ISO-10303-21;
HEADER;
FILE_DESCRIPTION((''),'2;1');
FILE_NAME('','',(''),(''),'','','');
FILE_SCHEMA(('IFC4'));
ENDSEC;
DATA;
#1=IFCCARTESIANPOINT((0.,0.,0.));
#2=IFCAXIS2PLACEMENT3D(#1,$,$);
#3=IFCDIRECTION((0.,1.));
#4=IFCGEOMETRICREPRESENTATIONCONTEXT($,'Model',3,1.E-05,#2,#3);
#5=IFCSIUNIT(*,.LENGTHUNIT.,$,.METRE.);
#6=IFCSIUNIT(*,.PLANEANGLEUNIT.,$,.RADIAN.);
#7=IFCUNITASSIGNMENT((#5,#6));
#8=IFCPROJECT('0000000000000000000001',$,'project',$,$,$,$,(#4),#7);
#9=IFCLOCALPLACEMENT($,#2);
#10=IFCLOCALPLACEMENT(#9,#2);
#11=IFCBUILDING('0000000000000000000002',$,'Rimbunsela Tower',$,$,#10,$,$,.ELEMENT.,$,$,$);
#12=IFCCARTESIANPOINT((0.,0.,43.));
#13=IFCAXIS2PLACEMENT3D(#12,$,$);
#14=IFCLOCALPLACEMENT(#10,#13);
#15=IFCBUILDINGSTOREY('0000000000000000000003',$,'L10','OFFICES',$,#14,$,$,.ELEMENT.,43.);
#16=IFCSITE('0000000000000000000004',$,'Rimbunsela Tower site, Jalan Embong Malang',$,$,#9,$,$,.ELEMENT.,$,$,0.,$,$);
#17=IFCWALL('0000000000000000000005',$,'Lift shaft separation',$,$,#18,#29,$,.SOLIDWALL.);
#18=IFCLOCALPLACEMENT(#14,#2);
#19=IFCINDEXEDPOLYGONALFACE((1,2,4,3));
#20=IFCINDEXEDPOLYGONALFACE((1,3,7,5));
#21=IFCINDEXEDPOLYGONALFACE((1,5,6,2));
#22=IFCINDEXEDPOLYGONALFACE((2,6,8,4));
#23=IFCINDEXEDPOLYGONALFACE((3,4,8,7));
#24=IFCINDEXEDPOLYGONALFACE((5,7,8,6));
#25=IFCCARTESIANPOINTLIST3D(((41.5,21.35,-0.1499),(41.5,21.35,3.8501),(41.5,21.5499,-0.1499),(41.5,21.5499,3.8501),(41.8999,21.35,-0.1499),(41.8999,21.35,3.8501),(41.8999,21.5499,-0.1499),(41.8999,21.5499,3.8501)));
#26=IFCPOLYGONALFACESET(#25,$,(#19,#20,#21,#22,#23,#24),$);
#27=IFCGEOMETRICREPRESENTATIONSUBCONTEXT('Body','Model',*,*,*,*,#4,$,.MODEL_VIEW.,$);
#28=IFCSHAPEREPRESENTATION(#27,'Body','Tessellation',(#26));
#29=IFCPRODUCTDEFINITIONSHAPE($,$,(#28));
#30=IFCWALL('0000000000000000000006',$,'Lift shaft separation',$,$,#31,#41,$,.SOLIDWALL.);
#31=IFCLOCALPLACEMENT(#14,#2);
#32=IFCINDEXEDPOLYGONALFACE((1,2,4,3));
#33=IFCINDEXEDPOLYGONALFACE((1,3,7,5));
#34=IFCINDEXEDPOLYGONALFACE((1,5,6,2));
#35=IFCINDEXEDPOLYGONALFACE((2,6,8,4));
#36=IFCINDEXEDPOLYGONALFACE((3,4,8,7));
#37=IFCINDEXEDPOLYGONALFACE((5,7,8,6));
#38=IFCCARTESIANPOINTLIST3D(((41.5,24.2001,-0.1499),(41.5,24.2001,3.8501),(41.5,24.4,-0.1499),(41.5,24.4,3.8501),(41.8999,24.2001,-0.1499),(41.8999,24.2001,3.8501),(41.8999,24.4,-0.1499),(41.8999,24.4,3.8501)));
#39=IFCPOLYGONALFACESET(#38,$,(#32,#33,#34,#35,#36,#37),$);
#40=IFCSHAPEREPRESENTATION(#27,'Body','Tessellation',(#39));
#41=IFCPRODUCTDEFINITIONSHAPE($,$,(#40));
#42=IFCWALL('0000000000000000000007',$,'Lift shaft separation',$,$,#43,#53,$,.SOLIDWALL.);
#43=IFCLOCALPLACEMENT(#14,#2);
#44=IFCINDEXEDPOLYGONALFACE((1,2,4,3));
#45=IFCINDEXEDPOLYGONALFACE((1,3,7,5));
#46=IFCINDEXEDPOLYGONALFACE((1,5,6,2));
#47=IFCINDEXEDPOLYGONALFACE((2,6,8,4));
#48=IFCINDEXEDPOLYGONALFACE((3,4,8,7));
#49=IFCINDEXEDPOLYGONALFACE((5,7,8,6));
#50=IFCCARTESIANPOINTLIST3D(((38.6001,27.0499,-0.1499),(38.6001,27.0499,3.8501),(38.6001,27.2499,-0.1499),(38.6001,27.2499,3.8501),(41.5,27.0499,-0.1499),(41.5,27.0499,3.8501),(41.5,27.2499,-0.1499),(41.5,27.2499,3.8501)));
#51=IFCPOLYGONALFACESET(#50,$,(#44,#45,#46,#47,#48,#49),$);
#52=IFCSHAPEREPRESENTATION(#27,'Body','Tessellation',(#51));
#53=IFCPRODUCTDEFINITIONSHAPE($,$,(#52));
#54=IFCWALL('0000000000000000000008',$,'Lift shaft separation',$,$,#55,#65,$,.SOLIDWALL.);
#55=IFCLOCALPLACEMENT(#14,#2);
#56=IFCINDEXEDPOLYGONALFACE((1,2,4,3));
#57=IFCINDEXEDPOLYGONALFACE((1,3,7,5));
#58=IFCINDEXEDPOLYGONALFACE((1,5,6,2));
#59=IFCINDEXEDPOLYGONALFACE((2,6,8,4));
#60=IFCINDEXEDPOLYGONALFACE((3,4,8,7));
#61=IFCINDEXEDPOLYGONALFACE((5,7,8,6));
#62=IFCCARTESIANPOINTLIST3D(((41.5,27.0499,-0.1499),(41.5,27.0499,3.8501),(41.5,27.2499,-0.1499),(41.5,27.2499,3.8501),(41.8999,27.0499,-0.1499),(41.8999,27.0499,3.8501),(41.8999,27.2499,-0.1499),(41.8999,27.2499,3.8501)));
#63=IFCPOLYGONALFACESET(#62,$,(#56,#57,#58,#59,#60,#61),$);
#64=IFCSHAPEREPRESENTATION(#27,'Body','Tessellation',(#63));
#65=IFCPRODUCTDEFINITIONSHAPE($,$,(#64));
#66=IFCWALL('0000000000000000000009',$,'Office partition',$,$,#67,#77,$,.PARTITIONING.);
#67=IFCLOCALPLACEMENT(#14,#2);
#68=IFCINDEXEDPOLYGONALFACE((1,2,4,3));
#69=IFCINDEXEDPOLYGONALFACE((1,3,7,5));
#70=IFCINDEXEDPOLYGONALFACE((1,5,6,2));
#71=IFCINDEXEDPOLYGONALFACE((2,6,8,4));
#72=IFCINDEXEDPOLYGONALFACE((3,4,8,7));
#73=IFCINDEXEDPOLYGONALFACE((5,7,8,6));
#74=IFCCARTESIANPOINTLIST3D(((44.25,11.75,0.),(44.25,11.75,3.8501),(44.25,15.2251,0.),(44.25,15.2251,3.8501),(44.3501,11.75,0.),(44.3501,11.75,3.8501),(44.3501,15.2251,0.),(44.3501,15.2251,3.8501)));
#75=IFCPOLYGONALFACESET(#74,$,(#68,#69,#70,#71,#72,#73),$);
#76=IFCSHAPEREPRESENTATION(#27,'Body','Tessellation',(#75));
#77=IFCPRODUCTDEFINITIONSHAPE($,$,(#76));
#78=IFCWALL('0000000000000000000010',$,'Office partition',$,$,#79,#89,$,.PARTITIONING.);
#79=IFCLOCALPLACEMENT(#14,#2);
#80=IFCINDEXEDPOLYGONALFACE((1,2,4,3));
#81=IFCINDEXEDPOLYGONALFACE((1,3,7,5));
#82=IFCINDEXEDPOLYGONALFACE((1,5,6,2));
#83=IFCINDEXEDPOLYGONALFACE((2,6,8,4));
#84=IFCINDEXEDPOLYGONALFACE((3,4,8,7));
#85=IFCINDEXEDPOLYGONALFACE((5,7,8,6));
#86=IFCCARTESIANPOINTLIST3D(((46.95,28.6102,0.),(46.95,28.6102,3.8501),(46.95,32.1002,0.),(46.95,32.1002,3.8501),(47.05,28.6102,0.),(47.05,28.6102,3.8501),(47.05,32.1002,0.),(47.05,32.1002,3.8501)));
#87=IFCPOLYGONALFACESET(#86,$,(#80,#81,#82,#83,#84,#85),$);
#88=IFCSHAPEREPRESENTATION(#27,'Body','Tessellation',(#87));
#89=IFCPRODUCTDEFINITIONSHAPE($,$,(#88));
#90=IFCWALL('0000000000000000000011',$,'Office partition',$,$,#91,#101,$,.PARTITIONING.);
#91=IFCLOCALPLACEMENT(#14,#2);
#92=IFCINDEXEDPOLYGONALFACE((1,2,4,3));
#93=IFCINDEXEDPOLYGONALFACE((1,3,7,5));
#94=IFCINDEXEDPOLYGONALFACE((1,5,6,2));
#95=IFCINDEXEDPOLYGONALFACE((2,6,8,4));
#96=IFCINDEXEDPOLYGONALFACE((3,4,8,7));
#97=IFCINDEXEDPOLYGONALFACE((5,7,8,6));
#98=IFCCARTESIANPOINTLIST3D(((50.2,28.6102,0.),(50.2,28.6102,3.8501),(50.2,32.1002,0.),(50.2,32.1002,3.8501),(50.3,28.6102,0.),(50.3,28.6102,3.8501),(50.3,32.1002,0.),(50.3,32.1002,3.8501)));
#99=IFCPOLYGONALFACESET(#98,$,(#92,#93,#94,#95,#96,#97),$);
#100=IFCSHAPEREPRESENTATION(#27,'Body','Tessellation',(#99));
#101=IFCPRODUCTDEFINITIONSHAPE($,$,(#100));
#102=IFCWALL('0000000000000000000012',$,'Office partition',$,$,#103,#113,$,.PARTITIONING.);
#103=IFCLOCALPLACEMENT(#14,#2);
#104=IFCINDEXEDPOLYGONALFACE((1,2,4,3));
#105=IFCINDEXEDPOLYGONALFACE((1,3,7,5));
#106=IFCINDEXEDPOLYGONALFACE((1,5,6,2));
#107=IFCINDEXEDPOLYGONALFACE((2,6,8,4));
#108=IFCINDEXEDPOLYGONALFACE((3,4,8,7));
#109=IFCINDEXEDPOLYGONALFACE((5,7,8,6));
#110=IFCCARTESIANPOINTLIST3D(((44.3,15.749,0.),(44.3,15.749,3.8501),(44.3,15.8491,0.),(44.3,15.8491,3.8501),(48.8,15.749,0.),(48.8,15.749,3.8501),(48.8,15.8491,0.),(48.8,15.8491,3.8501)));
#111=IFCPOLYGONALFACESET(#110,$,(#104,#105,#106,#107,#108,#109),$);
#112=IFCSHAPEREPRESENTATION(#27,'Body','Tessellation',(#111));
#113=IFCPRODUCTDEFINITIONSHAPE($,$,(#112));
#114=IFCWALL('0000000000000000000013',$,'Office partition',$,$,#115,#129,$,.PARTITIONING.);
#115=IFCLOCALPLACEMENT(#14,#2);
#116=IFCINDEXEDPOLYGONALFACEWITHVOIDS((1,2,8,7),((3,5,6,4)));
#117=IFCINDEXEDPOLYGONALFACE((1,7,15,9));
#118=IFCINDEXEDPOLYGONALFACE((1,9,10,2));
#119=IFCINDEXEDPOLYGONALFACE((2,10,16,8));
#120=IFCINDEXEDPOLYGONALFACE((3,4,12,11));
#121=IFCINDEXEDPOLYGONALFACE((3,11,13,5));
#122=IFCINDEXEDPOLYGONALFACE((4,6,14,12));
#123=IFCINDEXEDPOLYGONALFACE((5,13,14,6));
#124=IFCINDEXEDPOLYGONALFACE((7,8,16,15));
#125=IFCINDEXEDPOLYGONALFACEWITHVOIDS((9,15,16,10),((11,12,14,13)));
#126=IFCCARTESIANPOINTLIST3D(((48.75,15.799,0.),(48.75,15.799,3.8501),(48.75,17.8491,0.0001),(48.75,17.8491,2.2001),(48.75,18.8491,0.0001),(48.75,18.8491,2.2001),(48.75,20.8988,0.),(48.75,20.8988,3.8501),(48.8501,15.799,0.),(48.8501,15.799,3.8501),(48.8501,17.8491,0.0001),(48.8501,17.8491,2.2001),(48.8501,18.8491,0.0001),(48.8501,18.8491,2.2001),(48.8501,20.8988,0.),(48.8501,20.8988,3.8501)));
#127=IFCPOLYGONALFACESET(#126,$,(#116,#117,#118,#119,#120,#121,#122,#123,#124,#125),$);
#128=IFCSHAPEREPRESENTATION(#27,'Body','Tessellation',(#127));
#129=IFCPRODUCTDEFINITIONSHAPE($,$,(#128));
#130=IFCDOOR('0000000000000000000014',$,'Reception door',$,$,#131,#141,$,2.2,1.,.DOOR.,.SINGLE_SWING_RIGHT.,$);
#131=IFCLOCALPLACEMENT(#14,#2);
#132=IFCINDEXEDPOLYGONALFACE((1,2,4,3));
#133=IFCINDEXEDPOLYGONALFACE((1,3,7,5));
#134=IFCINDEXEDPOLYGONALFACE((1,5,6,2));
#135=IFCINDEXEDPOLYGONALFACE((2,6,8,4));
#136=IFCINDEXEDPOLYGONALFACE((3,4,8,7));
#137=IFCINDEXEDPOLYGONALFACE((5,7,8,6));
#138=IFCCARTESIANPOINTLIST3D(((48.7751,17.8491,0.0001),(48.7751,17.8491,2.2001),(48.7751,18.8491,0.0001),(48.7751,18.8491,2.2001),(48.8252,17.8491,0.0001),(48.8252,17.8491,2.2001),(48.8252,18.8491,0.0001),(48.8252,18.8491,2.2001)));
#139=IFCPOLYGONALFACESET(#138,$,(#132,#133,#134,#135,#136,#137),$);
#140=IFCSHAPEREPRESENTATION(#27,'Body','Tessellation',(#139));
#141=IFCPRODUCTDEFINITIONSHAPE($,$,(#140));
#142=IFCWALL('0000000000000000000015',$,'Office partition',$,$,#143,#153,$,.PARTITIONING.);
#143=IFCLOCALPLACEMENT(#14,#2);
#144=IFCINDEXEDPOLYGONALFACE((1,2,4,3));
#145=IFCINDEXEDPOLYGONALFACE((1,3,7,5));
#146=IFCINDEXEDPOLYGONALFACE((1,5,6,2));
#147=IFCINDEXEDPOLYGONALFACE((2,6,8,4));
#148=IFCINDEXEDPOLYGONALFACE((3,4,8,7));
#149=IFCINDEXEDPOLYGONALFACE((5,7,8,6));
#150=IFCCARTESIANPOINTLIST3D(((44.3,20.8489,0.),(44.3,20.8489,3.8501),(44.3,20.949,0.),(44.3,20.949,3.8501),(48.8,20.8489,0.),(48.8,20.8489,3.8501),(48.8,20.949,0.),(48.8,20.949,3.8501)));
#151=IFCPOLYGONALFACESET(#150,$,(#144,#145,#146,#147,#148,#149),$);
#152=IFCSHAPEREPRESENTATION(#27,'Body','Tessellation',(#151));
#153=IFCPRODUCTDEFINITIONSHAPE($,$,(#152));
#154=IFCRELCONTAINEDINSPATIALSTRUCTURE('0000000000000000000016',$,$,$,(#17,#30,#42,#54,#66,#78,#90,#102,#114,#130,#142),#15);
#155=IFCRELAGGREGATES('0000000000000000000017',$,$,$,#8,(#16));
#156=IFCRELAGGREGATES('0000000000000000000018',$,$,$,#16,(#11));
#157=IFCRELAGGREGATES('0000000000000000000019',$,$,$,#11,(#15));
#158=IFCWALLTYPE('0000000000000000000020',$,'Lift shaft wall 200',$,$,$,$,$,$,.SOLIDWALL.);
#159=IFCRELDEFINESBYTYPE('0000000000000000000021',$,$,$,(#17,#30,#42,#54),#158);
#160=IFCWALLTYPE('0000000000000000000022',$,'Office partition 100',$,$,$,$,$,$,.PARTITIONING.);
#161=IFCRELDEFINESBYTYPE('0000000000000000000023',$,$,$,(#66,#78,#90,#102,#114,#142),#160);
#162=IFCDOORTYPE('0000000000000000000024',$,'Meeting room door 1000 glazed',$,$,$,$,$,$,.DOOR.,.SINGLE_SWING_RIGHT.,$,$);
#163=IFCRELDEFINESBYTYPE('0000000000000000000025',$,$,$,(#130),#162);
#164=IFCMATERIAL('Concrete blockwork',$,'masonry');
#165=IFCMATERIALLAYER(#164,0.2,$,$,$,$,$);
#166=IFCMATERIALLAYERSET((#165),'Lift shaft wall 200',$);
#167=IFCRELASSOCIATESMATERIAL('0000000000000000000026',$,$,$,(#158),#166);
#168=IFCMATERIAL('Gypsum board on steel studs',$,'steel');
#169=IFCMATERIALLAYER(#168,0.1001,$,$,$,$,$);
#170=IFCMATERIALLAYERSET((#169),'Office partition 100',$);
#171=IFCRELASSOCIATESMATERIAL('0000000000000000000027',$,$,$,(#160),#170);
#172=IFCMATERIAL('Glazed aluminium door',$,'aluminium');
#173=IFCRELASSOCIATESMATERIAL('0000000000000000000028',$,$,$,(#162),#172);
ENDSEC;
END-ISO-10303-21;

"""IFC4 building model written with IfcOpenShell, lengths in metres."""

from ifc_helpers import new_model, si_unit, direction, frame, frame_2d, origin, place, context, subcontext, project, spatial, rectangle, extrude, material, layer, layer_set, type_object, element, fill, save


model = new_model("IFC4")

# Units and contexts
model_context = context("Model", 3, precision=1e-05, world=origin(), true_north=direction((0.0, 1.0)))
body_context = subcontext(model_context, "Body", "Model", "MODEL_VIEW")
ifc_project = project(units=[si_unit("LENGTHUNIT", "METRE"), si_unit("PLANEANGLEUNIT", "RADIAN")], contexts=[model_context])

# Site, building, storey
site_placement = place(None, origin())
site = spatial("IfcSite", under=ifc_project, at=site_placement, Name="Rimbunsela Tower site, Jalan Embong Malang", CompositionType="ELEMENT", RefElevation=0.0)
building_placement = place(site_placement, origin())
building = spatial("IfcBuilding", under=site, at=building_placement, Name="Rimbunsela Tower", CompositionType="ELEMENT")
storey_placement = place(building_placement, frame((0.0, 0.0, 43.0)))
storey = spatial("IfcBuildingStorey", under=building, at=storey_placement, Name="L10", Description="OFFICES", CompositionType="ELEMENT", Elevation=43.0)

# Walls
ifc_material_1 = material(Name="Concrete blockwork", Category="masonry")
ifc_layer_1 = layer(ifc_material_1, 0.2)
ifc_layer_set_1 = layer_set([ifc_layer_1], Name="Lift shaft wall 200")
wall_type_1 = type_object("IfcWallType", Name="Lift shaft wall 200", PredefinedType="SOLIDWALL", material=ifc_layer_set_1)
for number, where, z_axis, x_axis, name in (
    (1, (41.5, 21.45, -0.1499), (0.0, 0.0, 1.0), (1.0, 0.0, 0.0), "Lift shaft separation"),
    (2, (41.5, 24.3, -0.1499), (0.0, 0.0, 1.0), (1.0, 0.0, 0.0), "Lift shaft separation"),
):
    element("IfcWall", number, at=place(storey_placement, frame(where, z_axis=z_axis, x_axis=x_axis)), inside=storey, type_object=wall_type_1, Name=name, PredefinedType="SOLIDWALL", context=body_context, shape_type="SweptSolid", body=[
        extrude(rectangle(XDim=0.3999, YDim=0.2, at=frame_2d((0.2, 0.0))), origin(), (0.0, 0.0, 1.0), 4.0),
    ])
wall_1_placement = place(storey_placement, frame((38.6001, 27.1499, -0.1499), z_axis=(0.0, 0.0, 1.0), x_axis=(1.0, 0.0, 0.0)))
element("IfcWall", 3, at=wall_1_placement, inside=storey, type_object=wall_type_1, Name="Lift shaft separation", PredefinedType="SOLIDWALL", context=body_context, shape_type="SweptSolid", body=[
    extrude(rectangle(XDim=2.8999, YDim=0.2, at=frame_2d((1.45, 0.0))), origin(), (0.0, 0.0, 1.0), 4.0),
])
wall_2_placement = place(storey_placement, frame((41.5, 27.1499, -0.1499), z_axis=(0.0, 0.0, 1.0), x_axis=(1.0, 0.0, 0.0)))
element("IfcWall", 4, at=wall_2_placement, inside=storey, type_object=wall_type_1, Name="Lift shaft separation", PredefinedType="SOLIDWALL", context=body_context, shape_type="SweptSolid", body=[
    extrude(rectangle(XDim=0.3999, YDim=0.2, at=frame_2d((0.2, 0.0))), origin(), (0.0, 0.0, 1.0), 4.0),
])
ifc_material_2 = material(Name="Gypsum board on steel studs", Category="steel")
ifc_layer_2 = layer(ifc_material_2, 0.1001)
ifc_layer_set_2 = layer_set([ifc_layer_2], Name="Office partition 100")
wall_type_2 = type_object("IfcWallType", Name="Office partition 100", PredefinedType="PARTITIONING", material=ifc_layer_set_2)
wall_3_placement = place(storey_placement, frame((44.3, 11.75, 0.0), z_axis=(0.0, 0.0, 1.0), x_axis=(0.0, 1.0, 0.0)))
element("IfcWall", 5, at=wall_3_placement, inside=storey, type_object=wall_type_2, Name="Office partition", PredefinedType="PARTITIONING", context=body_context, shape_type="SweptSolid", body=[
    extrude(rectangle(XDim=3.4751, YDim=0.1001, at=frame_2d((1.7375, 0.0))), origin(), (0.0, 0.0, 1.0), 3.8501),
])
for number, where, z_axis, x_axis, name in (
    (6, (47.0, 28.6101, 0.0), (0.0, 0.0, 1.0), (0.0, 1.0, 0.0), "Office partition"),
    (7, (50.25, 28.6101, 0.0), (0.0, 0.0, 1.0), (0.0, 1.0, 0.0), "Office partition"),
):
    element("IfcWall", number, at=place(storey_placement, frame(where, z_axis=z_axis, x_axis=x_axis)), inside=storey, type_object=wall_type_2, Name=name, PredefinedType="PARTITIONING", context=body_context, shape_type="SweptSolid", body=[
        extrude(rectangle(XDim=3.49, YDim=0.1001, at=frame_2d((1.7451, 0.0))), origin(), (0.0, 0.0, 1.0), 3.8501),
    ])
wall_4_placement = place(storey_placement, frame((44.3, 15.7991, 0.0), z_axis=(0.0, 0.0, 1.0), x_axis=(1.0, 0.0, 0.0)))
element("IfcWall", 8, at=wall_4_placement, inside=storey, type_object=wall_type_2, Name="Office partition", PredefinedType="PARTITIONING", context=body_context, shape_type="SweptSolid", body=[
    extrude(rectangle(XDim=4.5, YDim=0.1001, at=frame_2d((2.25, 0.0))), origin(), (0.0, 0.0, 1.0), 3.8501),
])

# Wall, opening, door
wall_5_placement = place(storey_placement, frame((48.8, 15.7991, 0.0), z_axis=(0.0, 0.0, 1.0), x_axis=(0.0, 1.0, 0.0)))
wall_5 = element("IfcWall", 9, at=wall_5_placement, inside=storey, type_object=wall_type_2, Name="Office partition", PredefinedType="PARTITIONING", context=body_context, shape_type="SweptSolid", body=[
    extrude(rectangle(XDim=5.0999, YDim=0.1001, at=frame_2d((2.5498, 0.0))), origin(), (0.0, 0.0, 1.0), 3.8501),
])
opening_1_placement = place(wall_5_placement, frame((2.05, 0.0, 0.0)))
opening_1 = element("IfcOpeningElement", 10, at=opening_1_placement, cuts=wall_5, PredefinedType="OPENING", context=body_context, shape_type="SweptSolid", body=[
    extrude(rectangle(XDim=1.0, YDim=2.2, at=frame_2d((0.5, 1.1001))), frame((0.0, 0.0601, 0.0), z_axis=(0.0, -1.0, 0.0), x_axis=(1.0, 0.0, 0.0)), (0.0, 0.0, 1.0), 0.1201),
])
ifc_material_3 = material(Name="Glazed aluminium door", Category="aluminium")
door_type_1 = type_object("IfcDoorType", Name="Meeting room door 1000 glazed", OperationType="SINGLE_SWING_RIGHT", PredefinedType="DOOR", material=ifc_material_3)
door_1_placement = place(opening_1_placement, origin())
door_1 = element("IfcDoor", 11, at=door_1_placement, inside=storey, type_object=door_type_1, Name="Reception door", OperationType="SINGLE_SWING_RIGHT", OverallHeight=2.2, OverallWidth=1.0, PredefinedType="DOOR", context=body_context, shape_type="SweptSolid", body=[
    extrude(rectangle(XDim=1.0, YDim=2.2, at=frame_2d((0.5, 1.1001))), frame((0.0, 0.0249, 0.0), z_axis=(0.0, -1.0, 0.0), x_axis=(1.0, 0.0, 0.0)), (0.0, 0.0, 1.0), 0.05),
])
fill(opening_1, door_1)

# Wall
wall_6_placement = place(storey_placement, frame((48.8, 20.8989, 0.0), z_axis=(0.0, 0.0, 1.0), x_axis=(-1.0, 0.0, 0.0)))
element("IfcWall", 12, at=wall_6_placement, inside=storey, type_object=wall_type_2, Name="Office partition", PredefinedType="PARTITIONING", context=body_context, shape_type="SweptSolid", body=[
    extrude(rectangle(XDim=4.5, YDim=0.1001, at=frame_2d((2.25, 0.0))), origin(), (0.0, 0.0, 1.0), 3.8501),
])

save(model, "model.ifc")
